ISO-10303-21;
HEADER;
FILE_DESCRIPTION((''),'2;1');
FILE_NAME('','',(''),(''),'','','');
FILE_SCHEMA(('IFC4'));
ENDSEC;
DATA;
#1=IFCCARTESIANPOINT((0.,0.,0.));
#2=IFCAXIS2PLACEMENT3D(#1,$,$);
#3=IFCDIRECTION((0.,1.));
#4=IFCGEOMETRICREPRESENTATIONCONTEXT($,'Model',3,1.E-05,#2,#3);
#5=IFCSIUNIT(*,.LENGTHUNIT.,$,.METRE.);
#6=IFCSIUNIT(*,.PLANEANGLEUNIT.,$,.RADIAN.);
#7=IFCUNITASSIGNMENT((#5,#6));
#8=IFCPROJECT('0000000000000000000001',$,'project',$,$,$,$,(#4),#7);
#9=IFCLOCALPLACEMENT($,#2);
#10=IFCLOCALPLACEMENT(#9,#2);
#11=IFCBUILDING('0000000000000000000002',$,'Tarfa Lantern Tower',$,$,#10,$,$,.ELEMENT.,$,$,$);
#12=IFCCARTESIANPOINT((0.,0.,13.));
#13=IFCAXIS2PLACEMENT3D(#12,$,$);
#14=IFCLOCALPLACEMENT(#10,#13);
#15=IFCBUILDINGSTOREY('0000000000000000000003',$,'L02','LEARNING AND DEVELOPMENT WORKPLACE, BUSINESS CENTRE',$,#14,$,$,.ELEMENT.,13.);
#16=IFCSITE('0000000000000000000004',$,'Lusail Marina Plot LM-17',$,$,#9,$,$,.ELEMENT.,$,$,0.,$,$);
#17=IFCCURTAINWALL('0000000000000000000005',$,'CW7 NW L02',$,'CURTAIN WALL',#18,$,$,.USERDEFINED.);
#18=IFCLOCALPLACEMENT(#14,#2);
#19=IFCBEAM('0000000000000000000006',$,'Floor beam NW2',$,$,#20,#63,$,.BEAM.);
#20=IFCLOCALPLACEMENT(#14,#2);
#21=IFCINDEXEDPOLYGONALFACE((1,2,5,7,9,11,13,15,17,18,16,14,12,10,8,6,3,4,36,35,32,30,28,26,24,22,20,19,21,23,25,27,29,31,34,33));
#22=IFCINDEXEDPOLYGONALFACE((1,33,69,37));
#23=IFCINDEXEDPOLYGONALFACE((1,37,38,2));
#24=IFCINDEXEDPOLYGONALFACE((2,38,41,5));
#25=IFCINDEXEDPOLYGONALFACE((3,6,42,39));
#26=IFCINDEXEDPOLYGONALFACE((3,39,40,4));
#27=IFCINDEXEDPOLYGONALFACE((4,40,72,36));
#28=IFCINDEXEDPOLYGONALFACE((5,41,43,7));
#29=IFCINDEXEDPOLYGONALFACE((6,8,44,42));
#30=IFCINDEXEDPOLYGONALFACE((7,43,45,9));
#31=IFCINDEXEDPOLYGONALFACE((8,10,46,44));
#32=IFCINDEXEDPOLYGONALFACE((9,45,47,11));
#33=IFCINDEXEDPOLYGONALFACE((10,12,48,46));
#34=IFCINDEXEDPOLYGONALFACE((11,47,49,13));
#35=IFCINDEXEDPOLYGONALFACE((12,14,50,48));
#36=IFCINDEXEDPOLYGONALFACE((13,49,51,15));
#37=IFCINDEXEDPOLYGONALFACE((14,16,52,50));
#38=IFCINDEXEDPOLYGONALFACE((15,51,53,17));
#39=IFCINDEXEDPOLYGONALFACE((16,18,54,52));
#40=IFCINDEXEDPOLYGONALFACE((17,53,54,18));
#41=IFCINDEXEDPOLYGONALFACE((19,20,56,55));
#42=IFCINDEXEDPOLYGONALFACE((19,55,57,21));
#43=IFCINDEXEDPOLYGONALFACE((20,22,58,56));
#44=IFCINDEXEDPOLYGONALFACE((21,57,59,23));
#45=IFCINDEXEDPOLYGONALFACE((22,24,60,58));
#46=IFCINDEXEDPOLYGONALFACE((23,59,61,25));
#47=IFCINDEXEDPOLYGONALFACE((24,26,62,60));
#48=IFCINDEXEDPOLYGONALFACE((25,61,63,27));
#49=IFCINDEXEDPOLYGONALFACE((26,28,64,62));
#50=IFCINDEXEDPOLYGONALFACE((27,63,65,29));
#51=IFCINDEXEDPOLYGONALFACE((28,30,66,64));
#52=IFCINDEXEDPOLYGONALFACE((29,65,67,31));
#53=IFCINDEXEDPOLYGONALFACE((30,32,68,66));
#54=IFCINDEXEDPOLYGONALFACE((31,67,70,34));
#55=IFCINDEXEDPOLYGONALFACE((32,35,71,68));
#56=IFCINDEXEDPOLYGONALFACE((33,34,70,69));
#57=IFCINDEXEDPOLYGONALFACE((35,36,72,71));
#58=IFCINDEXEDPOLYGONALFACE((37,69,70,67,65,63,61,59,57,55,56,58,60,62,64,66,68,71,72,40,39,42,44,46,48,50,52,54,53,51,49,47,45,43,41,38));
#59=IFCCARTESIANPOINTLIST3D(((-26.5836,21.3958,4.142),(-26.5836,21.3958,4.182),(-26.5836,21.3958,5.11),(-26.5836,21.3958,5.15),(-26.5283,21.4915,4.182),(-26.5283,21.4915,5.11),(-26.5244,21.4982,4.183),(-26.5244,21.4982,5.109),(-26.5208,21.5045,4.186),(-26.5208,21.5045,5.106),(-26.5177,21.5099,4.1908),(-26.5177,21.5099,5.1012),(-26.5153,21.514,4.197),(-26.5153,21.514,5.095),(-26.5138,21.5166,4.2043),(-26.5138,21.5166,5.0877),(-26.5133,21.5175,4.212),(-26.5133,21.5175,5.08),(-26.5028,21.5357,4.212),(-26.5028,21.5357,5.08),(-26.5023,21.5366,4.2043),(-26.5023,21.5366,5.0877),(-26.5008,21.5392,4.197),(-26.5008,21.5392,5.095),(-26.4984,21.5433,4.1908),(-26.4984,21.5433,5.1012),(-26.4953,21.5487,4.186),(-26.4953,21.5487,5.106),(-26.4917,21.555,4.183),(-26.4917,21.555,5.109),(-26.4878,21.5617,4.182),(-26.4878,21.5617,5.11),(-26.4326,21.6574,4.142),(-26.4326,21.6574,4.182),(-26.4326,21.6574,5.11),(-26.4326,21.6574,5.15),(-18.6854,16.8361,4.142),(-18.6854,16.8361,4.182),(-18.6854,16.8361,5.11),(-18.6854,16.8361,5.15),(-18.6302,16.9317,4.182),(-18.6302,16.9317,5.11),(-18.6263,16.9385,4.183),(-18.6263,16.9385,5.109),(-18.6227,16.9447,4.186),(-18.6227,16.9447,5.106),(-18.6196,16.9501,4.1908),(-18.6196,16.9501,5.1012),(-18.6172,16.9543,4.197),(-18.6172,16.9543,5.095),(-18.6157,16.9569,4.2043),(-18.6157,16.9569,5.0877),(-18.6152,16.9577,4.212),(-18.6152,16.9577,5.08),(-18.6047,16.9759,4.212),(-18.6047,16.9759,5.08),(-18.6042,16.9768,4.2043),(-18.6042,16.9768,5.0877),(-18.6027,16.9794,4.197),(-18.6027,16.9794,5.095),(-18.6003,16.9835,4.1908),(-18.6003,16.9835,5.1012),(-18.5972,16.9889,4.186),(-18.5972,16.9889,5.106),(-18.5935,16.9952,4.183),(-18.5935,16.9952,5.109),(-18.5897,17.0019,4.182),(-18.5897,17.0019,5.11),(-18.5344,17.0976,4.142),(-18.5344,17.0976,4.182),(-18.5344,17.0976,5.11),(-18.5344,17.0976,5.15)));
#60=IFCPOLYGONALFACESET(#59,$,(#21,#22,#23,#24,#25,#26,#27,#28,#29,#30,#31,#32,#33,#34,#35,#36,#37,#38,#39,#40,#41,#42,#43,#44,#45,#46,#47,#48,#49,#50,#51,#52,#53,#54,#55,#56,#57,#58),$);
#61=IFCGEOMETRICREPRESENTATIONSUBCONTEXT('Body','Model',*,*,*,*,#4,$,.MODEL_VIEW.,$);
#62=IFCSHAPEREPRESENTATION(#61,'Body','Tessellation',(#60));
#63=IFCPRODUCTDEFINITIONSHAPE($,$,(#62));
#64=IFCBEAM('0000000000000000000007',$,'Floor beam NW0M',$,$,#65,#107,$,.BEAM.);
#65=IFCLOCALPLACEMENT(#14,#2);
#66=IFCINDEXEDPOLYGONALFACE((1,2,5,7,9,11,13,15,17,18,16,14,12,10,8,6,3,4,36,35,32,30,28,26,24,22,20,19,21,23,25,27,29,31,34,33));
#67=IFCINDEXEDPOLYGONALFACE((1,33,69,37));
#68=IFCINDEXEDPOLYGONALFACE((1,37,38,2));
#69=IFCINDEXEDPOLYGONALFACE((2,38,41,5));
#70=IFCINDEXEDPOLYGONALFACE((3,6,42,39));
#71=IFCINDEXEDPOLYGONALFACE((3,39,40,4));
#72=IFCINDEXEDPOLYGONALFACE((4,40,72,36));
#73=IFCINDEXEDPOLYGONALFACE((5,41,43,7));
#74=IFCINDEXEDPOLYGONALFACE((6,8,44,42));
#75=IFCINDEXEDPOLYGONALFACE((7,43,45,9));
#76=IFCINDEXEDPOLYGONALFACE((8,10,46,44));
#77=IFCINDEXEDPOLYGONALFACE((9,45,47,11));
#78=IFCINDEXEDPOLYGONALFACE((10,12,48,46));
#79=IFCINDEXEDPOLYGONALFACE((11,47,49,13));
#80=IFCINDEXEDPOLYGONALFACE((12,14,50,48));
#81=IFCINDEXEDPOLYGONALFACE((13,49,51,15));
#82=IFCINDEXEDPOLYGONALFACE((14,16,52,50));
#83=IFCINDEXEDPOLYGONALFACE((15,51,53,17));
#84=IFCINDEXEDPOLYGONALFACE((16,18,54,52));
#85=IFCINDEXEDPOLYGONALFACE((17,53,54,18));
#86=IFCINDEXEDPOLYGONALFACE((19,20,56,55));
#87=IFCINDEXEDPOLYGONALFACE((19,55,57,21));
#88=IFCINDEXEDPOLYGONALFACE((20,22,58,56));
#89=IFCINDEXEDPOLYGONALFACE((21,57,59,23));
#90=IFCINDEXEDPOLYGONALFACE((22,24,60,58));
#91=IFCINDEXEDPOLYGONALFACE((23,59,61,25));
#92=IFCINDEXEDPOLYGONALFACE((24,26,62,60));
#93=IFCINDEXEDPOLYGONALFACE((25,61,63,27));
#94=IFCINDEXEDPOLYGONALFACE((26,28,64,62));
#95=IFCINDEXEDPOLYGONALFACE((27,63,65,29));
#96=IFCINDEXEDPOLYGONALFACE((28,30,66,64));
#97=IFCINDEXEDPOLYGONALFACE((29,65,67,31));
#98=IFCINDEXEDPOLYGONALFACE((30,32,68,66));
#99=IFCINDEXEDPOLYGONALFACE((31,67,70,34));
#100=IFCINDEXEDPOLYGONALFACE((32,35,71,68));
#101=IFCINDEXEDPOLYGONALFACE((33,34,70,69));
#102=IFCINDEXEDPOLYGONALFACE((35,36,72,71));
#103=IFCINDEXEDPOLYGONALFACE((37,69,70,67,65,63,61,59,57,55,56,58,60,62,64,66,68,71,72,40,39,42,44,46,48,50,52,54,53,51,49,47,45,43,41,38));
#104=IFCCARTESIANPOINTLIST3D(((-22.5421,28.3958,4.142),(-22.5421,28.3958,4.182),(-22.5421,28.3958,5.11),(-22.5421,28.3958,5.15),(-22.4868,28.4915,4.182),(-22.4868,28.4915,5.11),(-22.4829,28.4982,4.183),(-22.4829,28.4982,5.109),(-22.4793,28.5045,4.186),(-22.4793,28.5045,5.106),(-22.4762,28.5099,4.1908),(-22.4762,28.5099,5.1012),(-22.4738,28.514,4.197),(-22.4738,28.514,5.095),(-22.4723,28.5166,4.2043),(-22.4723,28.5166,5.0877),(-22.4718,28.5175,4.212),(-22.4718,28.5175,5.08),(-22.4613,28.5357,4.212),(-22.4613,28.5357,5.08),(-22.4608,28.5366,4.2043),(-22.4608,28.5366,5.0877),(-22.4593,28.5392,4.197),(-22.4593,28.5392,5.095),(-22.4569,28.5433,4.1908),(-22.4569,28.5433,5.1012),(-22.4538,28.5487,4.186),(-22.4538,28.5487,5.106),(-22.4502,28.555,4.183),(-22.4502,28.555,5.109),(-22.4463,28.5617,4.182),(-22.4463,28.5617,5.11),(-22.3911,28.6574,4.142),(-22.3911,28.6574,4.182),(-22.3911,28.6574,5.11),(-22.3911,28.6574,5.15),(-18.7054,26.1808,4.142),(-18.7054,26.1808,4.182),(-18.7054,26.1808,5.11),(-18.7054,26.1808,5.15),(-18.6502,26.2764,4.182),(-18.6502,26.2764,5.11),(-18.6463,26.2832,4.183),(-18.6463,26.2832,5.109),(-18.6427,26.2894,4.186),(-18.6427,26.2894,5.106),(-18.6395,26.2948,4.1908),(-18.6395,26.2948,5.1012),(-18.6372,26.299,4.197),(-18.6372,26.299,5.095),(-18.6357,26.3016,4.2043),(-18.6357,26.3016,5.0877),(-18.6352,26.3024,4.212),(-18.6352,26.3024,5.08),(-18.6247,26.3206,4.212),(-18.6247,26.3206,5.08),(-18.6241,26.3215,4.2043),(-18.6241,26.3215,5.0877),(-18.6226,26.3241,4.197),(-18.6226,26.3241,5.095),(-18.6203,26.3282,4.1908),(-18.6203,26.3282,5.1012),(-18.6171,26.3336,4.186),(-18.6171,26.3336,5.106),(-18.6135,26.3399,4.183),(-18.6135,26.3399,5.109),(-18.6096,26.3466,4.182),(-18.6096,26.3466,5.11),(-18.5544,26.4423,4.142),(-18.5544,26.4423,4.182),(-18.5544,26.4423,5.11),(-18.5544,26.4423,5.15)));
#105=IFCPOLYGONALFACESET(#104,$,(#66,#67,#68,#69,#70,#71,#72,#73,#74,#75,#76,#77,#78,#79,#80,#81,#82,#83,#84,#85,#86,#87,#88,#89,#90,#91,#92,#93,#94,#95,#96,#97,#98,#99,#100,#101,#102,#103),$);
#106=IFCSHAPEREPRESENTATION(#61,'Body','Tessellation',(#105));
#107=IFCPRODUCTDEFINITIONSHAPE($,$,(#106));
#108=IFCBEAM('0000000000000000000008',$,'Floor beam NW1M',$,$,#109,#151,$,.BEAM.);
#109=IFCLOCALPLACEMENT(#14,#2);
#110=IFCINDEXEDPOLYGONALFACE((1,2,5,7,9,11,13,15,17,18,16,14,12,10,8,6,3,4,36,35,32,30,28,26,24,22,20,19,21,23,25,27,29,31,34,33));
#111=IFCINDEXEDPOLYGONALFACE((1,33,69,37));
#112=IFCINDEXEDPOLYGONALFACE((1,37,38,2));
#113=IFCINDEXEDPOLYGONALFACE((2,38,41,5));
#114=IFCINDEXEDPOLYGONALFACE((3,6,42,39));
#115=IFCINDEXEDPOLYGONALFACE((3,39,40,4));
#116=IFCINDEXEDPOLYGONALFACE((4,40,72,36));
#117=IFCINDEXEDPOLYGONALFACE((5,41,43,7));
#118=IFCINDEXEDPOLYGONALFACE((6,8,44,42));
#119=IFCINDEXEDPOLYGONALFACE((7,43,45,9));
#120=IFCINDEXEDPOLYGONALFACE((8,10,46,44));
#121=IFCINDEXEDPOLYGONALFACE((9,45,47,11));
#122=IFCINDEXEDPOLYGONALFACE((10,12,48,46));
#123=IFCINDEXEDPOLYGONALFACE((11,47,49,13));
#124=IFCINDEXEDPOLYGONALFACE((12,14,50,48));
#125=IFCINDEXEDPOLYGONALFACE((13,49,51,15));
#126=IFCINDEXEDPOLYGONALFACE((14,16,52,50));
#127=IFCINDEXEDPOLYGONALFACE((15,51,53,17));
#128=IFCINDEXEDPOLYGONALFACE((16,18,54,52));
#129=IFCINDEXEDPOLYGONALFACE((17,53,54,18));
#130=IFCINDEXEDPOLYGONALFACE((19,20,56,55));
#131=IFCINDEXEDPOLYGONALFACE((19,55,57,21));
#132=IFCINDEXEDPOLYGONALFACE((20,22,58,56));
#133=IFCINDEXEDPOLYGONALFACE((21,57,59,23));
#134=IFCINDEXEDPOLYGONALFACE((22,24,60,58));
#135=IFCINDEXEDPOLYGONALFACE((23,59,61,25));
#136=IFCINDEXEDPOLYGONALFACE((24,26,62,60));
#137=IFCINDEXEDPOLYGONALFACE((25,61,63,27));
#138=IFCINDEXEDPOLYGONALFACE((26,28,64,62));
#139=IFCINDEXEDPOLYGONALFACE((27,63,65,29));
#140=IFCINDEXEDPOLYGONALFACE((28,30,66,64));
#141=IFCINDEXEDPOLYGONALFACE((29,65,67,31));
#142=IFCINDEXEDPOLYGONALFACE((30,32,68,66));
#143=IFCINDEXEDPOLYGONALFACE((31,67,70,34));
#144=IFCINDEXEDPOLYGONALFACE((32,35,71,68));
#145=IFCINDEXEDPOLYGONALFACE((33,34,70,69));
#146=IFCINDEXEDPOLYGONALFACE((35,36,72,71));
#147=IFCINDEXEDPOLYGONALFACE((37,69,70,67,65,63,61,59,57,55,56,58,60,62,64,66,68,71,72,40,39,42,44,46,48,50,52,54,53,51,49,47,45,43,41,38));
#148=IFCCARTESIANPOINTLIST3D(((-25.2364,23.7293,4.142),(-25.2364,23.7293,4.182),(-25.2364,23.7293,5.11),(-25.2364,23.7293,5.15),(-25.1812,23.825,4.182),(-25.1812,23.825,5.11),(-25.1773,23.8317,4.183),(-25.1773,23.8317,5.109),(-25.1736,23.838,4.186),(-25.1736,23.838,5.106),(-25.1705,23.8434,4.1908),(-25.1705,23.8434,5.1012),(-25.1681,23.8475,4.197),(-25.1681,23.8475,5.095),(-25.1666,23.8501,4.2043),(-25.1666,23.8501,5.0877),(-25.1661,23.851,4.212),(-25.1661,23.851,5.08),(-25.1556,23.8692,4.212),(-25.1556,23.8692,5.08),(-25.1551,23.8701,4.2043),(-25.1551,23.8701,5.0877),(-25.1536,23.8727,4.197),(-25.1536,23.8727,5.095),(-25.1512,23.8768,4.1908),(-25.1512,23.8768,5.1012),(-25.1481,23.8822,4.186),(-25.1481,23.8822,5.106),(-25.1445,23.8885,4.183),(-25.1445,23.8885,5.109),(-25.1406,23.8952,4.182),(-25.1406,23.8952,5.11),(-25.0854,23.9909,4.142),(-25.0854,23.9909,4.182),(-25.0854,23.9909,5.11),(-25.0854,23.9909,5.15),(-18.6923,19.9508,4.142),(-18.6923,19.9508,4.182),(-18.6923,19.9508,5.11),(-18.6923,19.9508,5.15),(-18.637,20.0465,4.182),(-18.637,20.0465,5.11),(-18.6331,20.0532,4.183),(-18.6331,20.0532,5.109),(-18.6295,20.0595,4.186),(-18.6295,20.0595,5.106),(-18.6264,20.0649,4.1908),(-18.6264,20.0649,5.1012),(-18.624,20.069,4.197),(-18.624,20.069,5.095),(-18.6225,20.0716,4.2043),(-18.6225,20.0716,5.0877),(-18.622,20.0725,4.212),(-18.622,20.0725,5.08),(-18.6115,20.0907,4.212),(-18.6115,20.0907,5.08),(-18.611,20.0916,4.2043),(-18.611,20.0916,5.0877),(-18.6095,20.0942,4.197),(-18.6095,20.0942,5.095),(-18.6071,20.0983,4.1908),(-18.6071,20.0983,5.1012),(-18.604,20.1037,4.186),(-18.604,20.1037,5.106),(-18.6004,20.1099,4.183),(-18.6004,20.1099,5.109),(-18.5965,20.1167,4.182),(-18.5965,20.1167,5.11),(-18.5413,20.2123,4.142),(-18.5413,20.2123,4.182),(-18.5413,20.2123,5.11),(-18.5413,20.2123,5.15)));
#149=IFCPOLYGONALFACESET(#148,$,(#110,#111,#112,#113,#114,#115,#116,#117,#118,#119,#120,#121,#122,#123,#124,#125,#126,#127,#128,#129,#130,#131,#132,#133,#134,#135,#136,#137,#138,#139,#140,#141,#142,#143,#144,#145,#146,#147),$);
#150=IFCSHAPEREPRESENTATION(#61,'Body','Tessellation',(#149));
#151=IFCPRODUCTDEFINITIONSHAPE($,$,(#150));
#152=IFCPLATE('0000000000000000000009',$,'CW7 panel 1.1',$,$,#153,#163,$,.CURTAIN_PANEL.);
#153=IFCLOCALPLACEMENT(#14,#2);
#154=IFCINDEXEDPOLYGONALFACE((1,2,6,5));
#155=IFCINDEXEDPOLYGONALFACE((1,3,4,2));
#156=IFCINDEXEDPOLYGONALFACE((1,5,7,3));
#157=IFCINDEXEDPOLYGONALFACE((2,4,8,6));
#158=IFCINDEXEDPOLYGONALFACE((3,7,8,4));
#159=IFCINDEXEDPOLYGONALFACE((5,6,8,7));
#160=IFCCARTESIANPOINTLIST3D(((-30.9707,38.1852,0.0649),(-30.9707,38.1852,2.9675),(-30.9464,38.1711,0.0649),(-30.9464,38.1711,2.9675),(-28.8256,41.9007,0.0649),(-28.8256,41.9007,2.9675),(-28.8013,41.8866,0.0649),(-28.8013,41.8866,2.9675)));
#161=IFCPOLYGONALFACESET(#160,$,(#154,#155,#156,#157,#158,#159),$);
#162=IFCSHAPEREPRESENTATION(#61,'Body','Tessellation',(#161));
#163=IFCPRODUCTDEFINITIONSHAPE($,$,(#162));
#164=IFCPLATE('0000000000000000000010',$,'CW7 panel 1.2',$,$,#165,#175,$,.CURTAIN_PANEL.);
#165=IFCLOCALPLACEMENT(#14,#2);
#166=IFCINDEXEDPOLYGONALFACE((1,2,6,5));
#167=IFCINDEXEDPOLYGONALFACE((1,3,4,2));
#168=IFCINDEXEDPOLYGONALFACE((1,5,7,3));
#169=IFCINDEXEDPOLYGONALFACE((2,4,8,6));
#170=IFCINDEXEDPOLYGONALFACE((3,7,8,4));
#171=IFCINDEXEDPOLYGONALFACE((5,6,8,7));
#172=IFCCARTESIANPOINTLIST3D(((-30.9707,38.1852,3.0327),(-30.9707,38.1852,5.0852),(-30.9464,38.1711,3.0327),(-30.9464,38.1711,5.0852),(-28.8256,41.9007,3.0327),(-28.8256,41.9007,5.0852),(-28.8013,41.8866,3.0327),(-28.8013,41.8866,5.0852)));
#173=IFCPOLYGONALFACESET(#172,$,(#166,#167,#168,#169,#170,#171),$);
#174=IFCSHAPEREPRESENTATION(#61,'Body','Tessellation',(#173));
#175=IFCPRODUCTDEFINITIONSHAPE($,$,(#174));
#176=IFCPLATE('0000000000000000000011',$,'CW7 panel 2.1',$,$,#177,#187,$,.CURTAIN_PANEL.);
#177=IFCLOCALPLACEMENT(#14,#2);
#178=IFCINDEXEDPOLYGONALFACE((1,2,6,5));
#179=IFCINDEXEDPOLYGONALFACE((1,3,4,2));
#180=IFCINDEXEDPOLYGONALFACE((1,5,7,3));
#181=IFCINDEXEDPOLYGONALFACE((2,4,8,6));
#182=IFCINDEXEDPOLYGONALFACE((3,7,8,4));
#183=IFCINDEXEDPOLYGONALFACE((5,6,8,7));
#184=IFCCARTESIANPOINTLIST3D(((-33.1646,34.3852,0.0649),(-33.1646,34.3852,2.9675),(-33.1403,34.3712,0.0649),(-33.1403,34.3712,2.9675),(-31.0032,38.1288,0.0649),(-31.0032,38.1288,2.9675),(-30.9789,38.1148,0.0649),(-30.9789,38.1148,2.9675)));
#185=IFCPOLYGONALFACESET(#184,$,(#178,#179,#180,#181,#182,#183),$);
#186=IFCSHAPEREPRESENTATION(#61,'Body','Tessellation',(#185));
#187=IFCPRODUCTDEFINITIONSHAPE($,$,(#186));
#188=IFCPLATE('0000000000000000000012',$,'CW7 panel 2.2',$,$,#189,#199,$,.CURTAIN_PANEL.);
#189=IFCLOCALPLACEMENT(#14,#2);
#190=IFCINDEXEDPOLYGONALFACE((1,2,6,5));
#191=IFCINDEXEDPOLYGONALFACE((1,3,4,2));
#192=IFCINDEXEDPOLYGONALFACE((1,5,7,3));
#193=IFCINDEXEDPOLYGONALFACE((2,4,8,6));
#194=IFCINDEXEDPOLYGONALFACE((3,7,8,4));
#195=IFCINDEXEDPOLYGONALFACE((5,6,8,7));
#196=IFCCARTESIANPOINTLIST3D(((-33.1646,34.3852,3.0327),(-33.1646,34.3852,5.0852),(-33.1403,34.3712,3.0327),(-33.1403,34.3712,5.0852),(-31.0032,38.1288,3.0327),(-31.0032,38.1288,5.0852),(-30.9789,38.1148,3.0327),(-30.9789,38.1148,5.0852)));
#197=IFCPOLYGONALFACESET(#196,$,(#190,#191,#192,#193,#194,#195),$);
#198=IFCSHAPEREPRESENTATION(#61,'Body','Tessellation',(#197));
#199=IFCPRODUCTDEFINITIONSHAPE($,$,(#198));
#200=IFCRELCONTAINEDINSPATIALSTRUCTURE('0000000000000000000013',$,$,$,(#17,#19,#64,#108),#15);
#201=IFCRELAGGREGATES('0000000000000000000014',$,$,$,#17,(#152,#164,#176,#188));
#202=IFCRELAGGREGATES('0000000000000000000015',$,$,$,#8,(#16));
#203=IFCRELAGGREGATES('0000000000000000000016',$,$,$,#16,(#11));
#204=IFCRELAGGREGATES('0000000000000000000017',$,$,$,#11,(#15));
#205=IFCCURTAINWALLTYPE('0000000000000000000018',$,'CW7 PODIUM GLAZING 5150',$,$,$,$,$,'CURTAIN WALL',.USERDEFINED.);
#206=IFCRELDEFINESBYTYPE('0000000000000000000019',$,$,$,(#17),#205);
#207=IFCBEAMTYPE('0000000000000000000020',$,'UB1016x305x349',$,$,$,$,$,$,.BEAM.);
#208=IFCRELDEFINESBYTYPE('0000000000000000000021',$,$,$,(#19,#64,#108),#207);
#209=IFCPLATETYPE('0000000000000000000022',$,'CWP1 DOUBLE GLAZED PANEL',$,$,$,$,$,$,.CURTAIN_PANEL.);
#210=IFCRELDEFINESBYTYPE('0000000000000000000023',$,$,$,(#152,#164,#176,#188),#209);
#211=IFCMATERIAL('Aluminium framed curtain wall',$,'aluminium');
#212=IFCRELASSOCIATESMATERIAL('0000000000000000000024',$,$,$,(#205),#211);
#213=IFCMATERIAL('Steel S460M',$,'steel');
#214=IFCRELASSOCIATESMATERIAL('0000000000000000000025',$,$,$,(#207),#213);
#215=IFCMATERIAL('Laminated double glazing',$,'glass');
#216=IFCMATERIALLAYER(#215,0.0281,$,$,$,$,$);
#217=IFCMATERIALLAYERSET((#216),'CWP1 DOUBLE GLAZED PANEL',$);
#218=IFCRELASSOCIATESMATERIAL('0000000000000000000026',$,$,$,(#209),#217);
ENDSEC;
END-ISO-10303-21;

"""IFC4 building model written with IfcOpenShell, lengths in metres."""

from ifc_helpers import new_model, si_unit, direction, frame, origin, origin_2d, place, context, subcontext, project, spatial, rectangle, i_section, extrude, material, layer, layer_set, material_profile, profile_set, type_object, element, aggregate, save


model = new_model("IFC4")

# Units and contexts
model_context = context("Model", 3, precision=1e-05, world=origin(), true_north=direction((0.0, 1.0)))
body_context = subcontext(model_context, "Body", "Model", "MODEL_VIEW")
ifc_project = project(units=[si_unit("LENGTHUNIT", "METRE"), si_unit("PLANEANGLEUNIT", "RADIAN")], contexts=[model_context])

# Site, building, storey
site_placement = place(None, origin())
site = spatial("IfcSite", under=ifc_project, at=site_placement, Name="Lusail Marina Plot LM-17", CompositionType="ELEMENT", RefElevation=0.0)
building_placement = place(site_placement, origin())
building = spatial("IfcBuilding", under=site, at=building_placement, Name="Tarfa Lantern Tower", CompositionType="ELEMENT")
storey_placement = place(building_placement, frame((0.0, 0.0, 13.0)))
storey = spatial("IfcBuildingStorey", under=building, at=storey_placement, Name="L02", Description="LEARNING AND DEVELOPMENT WORKPLACE, BUSINESS CENTRE", CompositionType="ELEMENT", Elevation=13.0)

# Shared definitions
ifc_material_1 = material(Name="Aluminium framed curtain wall", Category="aluminium")
curtain_wall_type = type_object("IfcCurtainWallType", Name="CW7 PODIUM GLAZING 5150", ElementType="CURTAIN WALL", PredefinedType="USERDEFINED", material=ifc_material_1)

# Curtain wall
curtain_wall_1_placement = place(storey_placement, origin())
curtain_wall_1 = element("IfcCurtainWall", 1, at=curtain_wall_1_placement, inside=storey, type_object=curtain_wall_type, Name="CW7 NW L02", ObjectType="CURTAIN WALL", PredefinedType="USERDEFINED")

# Beams
ifc_material_2 = material(Name="Steel S460M", Category="steel")
ifc_material_profile_1 = material_profile(ifc_material_2, i_section(OverallWidth=0.302, OverallDepth=1.0081, WebThickness=0.021, FlangeThickness=0.04, FilletRadius=0.03, at=origin_2d()), Name="UB1016x305x349")
ifc_profile_set_1 = profile_set([ifc_material_profile_1], Name="Steel S460M")
beam_type_1 = type_object("IfcBeamType", Name="UB1016x305x349", PredefinedType="BEAM", material=ifc_profile_set_1)
beam_1_placement = place(storey_placement, frame((-26.5081, 21.5266, 4.646), z_axis=(0.866035, -0.499983, 0.0), x_axis=(0.499983, 0.866035, 0.0)))
element("IfcBeam", 2, at=beam_1_placement, inside=storey, type_object=beam_type_1, Name="Floor beam NW2", PredefinedType="BEAM", context=body_context, shape_type="SweptSolid", body=[
    extrude(i_section(OverallWidth=0.302, OverallDepth=1.0081, WebThickness=0.021, FlangeThickness=0.04, FilletRadius=0.03, at=origin_2d()), origin(), (0.0, 0.0, 1.0), 9.1199),
])
beam_2_placement = place(storey_placement, frame((-22.4666, 28.5266, 4.646), z_axis=(0.866027, -0.499998, 0.0), x_axis=(0.499998, 0.866027, 0.0)))
element("IfcBeam", 3, at=beam_2_placement, inside=storey, type_object=beam_type_1, Name="Floor beam NW0M", PredefinedType="BEAM", context=body_context, shape_type="SweptSolid", body=[
    extrude(i_section(OverallWidth=0.302, OverallDepth=1.0081, WebThickness=0.021, FlangeThickness=0.04, FilletRadius=0.03, at=origin_2d()), origin(), (0.0, 0.0, 1.0), 4.4302),
])
beam_3_placement = place(storey_placement, frame((-25.1609, 23.8601, 4.646), z_axis=(0.86601, -0.500027, 0.0), x_axis=(0.500027, 0.86601, 0.0)))
element("IfcBeam", 4, at=beam_3_placement, inside=storey, type_object=beam_type_1, Name="Floor beam NW1M", PredefinedType="BEAM", context=body_context, shape_type="SweptSolid", body=[
    extrude(i_section(OverallWidth=0.302, OverallDepth=1.0081, WebThickness=0.021, FlangeThickness=0.04, FilletRadius=0.03, at=origin_2d()), origin(), (0.0, 0.0, 1.0), 7.5566),
])

# Plates
ifc_material_3 = material(Name="Laminated double glazing", Category="glass")
ifc_layer = layer(ifc_material_3, 0.0281)
ifc_layer_set = layer_set([ifc_layer], Name="CWP1 DOUBLE GLAZED PANEL")
plate_type = type_object("IfcPlateType", Name="CWP1 DOUBLE GLAZED PANEL", PredefinedType="CURTAIN_PANEL", material=ifc_layer_set)
plate_1_placement = place(storey_placement, frame((-29.886, 40.0359, 0.0649), z_axis=(0.0, 0.0, 1.0), x_axis=(-0.5, -0.866025, 0.0)))
plate_1 = element("IfcPlate", 5, at=plate_1_placement, type_object=plate_type, Name="CW7 panel 1.1", PredefinedType="CURTAIN_PANEL", context=body_context, shape_type="SweptSolid", body=[
    extrude(rectangle(XDim=4.2903, YDim=0.0281, at=origin_2d()), origin(), (0.0, 0.0, 1.0), 2.9026),
])
plate_2_placement = place(storey_placement, frame((-29.886, 40.0359, 3.0327), z_axis=(0.0, 0.0, 1.0), x_axis=(-0.5, -0.866025, 0.0)))
plate_2 = element("IfcPlate", 6, at=plate_2_placement, type_object=plate_type, Name="CW7 panel 1.2", PredefinedType="CURTAIN_PANEL", context=body_context, shape_type="SweptSolid", body=[
    extrude(rectangle(XDim=4.2903, YDim=0.0281, at=origin_2d()), origin(), (0.0, 0.0, 1.0), 2.0525),
])
plate_3_placement = place(storey_placement, frame((-32.0718, 36.25, 0.0649), z_axis=(0.0, 0.0, 1.0), x_axis=(-0.5, -0.866025, 0.0)))
plate_3 = element("IfcPlate", 7, at=plate_3_placement, type_object=plate_type, Name="CW7 panel 2.1", PredefinedType="CURTAIN_PANEL", context=body_context, shape_type="SweptSolid", body=[
    extrude(rectangle(XDim=4.3228, YDim=0.0281, at=origin_2d()), origin(), (0.0, 0.0, 1.0), 2.9026),
])
plate_4_placement = place(storey_placement, frame((-32.0718, 36.25, 3.0327), z_axis=(0.0, 0.0, 1.0), x_axis=(-0.5, -0.866025, 0.0)))
plate_4 = element("IfcPlate", 8, at=plate_4_placement, type_object=plate_type, Name="CW7 panel 2.2", PredefinedType="CURTAIN_PANEL", context=body_context, shape_type="SweptSolid", body=[
    extrude(rectangle(XDim=4.3228, YDim=0.0281, at=origin_2d()), origin(), (0.0, 0.0, 1.0), 2.0525),
])
aggregate(curtain_wall_1, [plate_1, plate_2, plate_3, plate_4])

save(model, "model.ifc")
